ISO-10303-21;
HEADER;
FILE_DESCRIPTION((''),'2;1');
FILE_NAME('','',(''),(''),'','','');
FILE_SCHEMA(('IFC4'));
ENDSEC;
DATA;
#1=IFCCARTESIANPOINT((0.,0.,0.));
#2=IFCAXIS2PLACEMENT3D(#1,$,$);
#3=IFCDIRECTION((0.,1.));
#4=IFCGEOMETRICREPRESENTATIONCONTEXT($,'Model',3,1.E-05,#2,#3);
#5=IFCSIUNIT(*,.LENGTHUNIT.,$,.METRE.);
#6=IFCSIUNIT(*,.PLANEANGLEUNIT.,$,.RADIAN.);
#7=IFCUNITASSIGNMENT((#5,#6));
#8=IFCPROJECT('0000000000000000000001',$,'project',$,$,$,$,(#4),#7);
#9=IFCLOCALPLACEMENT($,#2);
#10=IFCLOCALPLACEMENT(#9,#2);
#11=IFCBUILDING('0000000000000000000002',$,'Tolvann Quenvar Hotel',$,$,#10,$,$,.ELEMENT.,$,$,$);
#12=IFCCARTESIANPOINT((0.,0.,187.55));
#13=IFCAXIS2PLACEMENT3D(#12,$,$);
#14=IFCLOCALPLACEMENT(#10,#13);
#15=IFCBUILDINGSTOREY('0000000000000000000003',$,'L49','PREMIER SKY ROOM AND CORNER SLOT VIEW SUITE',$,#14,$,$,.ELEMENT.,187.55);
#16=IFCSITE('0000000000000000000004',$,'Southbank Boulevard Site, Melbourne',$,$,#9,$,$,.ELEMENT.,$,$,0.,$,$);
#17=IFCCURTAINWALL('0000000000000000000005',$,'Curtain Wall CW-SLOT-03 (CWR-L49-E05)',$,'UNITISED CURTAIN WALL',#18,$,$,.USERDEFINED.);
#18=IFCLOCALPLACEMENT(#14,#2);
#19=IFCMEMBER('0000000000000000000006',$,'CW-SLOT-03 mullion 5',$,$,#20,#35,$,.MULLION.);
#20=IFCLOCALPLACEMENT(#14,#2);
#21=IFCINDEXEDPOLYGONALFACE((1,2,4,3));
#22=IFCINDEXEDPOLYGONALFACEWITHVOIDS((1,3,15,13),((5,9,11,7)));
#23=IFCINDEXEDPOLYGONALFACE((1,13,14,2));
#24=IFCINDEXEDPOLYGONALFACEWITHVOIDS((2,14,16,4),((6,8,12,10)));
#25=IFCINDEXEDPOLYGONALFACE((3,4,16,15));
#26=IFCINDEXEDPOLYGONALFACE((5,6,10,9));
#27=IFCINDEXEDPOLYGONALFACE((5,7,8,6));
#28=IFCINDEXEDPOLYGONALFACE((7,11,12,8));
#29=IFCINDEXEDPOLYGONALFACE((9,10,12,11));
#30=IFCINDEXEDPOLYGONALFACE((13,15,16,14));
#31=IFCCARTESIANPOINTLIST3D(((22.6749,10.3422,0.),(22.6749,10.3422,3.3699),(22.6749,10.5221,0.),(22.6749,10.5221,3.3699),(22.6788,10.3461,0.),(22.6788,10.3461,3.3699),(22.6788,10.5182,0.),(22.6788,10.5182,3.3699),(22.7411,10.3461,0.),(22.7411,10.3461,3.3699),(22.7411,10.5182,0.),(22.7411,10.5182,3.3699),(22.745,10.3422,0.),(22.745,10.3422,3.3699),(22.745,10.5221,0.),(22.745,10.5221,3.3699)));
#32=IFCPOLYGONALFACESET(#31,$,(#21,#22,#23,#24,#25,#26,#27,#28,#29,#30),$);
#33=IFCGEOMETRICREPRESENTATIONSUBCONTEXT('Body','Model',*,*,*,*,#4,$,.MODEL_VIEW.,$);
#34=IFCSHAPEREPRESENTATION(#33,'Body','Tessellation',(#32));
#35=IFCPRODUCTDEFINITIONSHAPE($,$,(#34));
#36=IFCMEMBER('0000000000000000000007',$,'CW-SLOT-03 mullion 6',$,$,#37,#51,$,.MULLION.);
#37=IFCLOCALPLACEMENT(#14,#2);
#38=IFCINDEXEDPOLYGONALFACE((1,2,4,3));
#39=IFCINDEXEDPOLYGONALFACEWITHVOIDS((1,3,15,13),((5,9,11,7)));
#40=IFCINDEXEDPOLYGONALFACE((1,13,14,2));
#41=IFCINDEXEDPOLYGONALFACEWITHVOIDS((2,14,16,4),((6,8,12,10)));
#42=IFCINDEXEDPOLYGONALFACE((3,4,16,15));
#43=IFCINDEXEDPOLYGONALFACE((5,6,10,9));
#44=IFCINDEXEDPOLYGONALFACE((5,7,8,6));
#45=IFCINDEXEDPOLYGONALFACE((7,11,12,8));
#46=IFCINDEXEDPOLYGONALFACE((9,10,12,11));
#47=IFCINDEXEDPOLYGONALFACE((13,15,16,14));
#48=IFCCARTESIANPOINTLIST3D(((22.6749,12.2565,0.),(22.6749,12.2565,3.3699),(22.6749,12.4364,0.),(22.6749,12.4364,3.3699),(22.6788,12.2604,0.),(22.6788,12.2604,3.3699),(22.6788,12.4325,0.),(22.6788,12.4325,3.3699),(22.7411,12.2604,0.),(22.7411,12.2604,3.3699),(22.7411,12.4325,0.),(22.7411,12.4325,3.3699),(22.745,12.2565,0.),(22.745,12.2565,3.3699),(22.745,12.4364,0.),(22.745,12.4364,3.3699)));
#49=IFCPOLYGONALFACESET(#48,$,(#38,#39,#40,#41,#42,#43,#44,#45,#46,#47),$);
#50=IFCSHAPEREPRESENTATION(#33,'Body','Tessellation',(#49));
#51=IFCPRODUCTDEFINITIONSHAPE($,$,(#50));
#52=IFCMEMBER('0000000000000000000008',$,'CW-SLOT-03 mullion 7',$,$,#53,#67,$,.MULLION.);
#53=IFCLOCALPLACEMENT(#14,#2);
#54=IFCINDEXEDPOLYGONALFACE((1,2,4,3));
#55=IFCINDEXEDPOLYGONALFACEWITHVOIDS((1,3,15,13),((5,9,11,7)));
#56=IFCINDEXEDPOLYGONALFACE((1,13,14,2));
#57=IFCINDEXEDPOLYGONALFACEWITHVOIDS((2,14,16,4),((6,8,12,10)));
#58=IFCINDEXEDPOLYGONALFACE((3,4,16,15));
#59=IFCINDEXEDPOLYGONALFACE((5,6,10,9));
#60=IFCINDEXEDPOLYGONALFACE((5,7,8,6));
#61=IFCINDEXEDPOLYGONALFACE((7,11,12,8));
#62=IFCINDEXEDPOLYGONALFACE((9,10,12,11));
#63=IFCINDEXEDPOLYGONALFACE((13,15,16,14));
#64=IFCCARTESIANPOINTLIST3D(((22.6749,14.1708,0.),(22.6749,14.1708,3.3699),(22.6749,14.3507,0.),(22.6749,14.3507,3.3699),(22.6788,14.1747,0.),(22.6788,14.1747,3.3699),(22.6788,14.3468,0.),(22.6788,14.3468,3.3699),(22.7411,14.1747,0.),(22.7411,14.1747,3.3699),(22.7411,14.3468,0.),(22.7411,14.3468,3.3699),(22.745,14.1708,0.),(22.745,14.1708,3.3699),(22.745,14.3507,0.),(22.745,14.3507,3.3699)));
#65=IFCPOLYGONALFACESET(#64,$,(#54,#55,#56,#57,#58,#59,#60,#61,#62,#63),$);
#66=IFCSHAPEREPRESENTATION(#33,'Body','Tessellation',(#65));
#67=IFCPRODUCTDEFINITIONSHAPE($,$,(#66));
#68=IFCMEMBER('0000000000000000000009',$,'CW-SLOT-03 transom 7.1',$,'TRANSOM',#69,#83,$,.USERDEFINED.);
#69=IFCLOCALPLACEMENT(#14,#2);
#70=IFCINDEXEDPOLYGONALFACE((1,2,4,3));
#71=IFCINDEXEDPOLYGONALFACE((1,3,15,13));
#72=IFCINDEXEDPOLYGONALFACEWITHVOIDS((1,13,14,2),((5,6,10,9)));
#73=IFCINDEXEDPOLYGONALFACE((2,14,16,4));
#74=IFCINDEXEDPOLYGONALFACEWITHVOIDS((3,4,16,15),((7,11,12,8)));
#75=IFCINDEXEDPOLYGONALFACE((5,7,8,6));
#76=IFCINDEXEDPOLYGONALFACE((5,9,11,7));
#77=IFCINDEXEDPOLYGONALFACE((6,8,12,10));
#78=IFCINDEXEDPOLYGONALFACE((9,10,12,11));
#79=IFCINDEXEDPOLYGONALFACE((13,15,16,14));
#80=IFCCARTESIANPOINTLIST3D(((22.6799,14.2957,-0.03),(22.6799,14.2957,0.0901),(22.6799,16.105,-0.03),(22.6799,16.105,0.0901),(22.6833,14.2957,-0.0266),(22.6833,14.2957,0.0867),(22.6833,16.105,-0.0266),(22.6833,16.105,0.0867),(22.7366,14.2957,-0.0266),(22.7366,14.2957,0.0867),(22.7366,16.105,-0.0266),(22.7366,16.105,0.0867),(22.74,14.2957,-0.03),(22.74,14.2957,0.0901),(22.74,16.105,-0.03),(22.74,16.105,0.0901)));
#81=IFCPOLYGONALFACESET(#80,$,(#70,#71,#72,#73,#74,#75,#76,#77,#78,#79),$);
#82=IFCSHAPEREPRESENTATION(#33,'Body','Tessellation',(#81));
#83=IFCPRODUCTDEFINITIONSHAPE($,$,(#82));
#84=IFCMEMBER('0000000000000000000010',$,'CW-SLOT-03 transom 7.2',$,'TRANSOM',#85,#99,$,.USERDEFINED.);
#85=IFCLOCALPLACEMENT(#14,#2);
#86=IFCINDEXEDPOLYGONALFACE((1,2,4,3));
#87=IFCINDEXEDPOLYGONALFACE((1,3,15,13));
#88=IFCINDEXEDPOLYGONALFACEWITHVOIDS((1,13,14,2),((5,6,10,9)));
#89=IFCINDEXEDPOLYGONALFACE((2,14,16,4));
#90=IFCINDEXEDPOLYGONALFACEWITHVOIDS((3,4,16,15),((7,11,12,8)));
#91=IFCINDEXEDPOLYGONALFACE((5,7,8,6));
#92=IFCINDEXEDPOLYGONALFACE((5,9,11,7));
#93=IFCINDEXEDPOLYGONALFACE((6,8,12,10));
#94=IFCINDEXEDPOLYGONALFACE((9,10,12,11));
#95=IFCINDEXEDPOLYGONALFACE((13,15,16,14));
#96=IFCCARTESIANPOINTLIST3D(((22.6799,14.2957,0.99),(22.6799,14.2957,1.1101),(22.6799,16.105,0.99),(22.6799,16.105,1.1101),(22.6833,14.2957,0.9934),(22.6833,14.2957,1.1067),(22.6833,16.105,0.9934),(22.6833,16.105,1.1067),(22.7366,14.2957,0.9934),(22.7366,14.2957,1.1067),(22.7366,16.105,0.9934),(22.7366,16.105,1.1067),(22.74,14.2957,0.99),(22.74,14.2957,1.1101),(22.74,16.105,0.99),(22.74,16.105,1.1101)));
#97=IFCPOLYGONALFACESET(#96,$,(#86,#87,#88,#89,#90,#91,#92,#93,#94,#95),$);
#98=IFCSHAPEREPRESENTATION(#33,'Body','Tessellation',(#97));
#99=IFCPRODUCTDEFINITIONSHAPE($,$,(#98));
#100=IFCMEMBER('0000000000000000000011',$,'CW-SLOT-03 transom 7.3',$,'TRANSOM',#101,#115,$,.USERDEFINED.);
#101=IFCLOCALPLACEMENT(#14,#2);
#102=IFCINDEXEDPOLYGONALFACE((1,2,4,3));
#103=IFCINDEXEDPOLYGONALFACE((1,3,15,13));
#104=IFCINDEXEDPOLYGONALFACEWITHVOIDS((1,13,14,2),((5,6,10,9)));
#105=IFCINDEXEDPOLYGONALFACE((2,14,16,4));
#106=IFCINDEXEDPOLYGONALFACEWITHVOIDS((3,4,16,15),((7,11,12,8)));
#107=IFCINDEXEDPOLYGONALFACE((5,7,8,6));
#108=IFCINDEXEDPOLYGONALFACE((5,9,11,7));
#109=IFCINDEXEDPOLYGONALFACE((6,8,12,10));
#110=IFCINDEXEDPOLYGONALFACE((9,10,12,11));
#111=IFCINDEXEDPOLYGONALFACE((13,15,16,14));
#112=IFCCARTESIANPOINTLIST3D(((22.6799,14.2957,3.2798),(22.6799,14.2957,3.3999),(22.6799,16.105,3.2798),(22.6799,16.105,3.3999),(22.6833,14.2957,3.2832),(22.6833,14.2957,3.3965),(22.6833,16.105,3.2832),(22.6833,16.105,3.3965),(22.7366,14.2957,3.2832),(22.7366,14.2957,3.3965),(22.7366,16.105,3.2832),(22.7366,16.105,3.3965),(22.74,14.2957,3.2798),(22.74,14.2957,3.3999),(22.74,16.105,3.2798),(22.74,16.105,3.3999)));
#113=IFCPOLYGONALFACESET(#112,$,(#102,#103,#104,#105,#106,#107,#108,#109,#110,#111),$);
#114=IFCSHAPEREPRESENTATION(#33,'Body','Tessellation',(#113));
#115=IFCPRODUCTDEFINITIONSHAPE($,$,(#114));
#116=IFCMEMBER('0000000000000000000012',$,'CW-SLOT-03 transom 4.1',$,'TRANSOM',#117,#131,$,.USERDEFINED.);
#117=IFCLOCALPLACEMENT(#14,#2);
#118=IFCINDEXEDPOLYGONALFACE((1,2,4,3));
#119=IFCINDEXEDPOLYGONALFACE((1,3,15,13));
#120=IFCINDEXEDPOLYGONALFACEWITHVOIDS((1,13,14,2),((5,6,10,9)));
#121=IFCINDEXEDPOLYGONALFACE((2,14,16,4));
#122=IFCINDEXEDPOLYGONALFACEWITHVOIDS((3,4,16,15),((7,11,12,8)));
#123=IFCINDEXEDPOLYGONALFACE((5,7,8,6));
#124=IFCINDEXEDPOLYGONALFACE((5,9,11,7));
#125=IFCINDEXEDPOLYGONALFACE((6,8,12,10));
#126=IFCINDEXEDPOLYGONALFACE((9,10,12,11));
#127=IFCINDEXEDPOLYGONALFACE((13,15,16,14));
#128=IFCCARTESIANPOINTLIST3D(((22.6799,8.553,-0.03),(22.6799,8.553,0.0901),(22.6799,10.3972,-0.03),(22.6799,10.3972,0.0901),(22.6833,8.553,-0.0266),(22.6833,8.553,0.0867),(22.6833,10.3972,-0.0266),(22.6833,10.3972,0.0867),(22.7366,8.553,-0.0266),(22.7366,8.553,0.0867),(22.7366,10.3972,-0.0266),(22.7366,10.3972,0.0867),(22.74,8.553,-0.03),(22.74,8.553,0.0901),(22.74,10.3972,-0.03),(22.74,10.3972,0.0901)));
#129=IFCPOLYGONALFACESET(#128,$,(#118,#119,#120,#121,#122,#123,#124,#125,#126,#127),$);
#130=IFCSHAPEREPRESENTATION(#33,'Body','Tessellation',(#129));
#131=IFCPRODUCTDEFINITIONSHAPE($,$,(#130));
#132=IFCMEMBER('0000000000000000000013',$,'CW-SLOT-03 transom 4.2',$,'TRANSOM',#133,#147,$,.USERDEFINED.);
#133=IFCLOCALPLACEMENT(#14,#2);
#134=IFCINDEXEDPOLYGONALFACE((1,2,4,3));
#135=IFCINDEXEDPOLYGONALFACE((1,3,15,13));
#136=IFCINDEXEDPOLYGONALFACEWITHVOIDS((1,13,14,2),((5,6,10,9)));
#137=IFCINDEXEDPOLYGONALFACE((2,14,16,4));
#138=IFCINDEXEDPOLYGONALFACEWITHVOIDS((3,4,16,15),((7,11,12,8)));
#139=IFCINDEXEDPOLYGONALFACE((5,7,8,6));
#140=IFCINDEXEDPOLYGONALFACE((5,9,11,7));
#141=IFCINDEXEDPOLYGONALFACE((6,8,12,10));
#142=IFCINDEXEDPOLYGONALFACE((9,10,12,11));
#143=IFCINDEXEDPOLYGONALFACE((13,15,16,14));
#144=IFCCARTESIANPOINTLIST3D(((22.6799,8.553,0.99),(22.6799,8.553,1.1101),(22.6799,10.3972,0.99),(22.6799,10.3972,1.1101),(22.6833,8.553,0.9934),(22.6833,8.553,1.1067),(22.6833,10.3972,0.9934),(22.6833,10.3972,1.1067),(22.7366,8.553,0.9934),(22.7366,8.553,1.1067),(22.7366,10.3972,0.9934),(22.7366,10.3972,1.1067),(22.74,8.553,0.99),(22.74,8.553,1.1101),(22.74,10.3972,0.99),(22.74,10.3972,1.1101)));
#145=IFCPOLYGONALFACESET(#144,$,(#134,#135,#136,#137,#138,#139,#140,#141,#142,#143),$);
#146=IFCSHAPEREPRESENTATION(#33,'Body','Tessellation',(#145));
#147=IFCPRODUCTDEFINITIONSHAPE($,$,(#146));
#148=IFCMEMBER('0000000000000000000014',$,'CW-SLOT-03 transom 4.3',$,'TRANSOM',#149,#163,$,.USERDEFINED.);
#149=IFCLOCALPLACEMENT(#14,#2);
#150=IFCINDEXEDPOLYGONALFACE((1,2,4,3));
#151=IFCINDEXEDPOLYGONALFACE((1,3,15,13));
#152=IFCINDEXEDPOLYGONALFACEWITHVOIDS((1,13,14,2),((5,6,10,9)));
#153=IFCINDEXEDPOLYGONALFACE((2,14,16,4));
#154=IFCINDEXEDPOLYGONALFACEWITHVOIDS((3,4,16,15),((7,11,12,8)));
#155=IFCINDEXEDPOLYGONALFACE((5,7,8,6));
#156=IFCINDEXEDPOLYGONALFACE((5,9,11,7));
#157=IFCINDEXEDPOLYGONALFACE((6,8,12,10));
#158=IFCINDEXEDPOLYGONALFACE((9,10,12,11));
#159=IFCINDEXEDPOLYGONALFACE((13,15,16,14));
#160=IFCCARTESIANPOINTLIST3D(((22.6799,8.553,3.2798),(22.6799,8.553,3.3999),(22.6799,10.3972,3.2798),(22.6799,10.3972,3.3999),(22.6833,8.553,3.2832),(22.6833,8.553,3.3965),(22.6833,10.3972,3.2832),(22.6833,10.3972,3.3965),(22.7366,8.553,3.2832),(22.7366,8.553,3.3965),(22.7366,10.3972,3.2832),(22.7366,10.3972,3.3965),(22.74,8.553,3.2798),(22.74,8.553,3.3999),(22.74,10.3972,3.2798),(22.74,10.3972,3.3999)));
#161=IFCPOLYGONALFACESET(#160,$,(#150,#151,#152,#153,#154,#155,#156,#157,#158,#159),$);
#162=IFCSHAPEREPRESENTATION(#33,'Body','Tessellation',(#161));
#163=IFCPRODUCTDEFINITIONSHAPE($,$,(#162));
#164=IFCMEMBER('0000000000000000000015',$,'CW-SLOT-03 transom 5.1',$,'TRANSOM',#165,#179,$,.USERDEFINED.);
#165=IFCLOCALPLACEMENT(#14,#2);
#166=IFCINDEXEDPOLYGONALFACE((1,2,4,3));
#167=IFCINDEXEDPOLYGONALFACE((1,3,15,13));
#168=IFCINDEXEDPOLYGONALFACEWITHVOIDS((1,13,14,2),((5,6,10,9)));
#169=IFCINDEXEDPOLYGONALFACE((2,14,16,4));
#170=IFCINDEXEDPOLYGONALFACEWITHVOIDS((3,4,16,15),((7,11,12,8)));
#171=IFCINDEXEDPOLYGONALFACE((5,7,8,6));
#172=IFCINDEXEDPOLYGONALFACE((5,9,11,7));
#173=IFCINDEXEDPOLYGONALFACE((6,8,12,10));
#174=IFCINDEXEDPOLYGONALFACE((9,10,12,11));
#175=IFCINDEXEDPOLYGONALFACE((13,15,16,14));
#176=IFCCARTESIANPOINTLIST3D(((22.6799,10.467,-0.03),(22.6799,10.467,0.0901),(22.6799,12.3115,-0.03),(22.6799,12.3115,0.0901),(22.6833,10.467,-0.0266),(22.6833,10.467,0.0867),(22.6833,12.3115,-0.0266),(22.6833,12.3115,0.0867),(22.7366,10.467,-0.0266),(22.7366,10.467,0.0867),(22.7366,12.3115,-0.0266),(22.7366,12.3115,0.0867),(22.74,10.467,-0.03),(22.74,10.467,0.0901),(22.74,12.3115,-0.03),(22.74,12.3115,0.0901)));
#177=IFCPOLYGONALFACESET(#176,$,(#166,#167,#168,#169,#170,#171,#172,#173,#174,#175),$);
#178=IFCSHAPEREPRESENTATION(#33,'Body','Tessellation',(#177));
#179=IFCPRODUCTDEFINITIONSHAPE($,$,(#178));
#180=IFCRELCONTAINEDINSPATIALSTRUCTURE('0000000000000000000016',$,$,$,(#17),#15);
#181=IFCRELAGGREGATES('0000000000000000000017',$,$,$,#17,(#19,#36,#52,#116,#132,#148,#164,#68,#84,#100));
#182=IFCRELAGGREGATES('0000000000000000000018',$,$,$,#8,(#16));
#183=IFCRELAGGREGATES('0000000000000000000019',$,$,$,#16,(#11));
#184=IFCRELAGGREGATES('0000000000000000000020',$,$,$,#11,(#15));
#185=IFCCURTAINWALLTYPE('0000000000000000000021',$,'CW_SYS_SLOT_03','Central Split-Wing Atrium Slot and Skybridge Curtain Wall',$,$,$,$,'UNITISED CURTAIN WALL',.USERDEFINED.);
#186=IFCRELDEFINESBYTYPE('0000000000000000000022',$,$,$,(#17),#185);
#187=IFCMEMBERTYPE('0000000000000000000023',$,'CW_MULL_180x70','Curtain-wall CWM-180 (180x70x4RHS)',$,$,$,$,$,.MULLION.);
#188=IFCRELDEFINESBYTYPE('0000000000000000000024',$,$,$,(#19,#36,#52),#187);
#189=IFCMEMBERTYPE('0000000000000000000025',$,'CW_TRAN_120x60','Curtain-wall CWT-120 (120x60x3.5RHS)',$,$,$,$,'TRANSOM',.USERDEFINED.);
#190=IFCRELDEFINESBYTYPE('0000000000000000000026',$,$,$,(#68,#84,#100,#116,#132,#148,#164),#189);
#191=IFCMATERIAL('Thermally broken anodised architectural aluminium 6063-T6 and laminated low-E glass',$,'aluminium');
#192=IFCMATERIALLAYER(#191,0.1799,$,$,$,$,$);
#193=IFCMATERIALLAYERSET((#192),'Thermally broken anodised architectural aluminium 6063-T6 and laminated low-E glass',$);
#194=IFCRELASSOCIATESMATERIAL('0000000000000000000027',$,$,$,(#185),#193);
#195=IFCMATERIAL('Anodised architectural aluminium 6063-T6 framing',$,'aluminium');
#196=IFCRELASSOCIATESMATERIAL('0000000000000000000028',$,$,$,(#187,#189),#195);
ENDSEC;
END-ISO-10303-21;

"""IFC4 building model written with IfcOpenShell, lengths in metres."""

from ifc_helpers import new_model, si_unit, direction, frame, origin, origin_2d, place, context, subcontext, project, spatial, hollow_rectangle, extrude, source, transform, mapped, material, layer, layer_set, material_profile, profile_set, type_object, type_shapes, element, aggregate, save


model = new_model("IFC4")

# Units and contexts
model_context = context("Model", 3, precision=1e-05, world=origin(), true_north=direction((0.0, 1.0)))
body_context = subcontext(model_context, "Body", "Model", "MODEL_VIEW")
ifc_project = project(units=[si_unit("LENGTHUNIT", "METRE"), si_unit("PLANEANGLEUNIT", "RADIAN")], contexts=[model_context])

# Site, building, storey
site_placement = place(None, origin())
site = spatial("IfcSite", under=ifc_project, at=site_placement, Name="Southbank Boulevard Site, Melbourne", CompositionType="ELEMENT", RefElevation=0.0)
building_placement = place(site_placement, origin())
building = spatial("IfcBuilding", under=site, at=building_placement, Name="Tolvann Quenvar Hotel", CompositionType="ELEMENT")
storey_placement = place(building_placement, frame((0.0, 0.0, 187.55)))
storey = spatial("IfcBuildingStorey", under=building, at=storey_placement, Name="L49", Description="PREMIER SKY ROOM AND CORNER SLOT VIEW SUITE", CompositionType="ELEMENT", Elevation=187.55)

# Curtain wall, members
ifc_material_1 = material(Name="Thermally broken anodised architectural aluminium 6063-T6 and laminated low-E glass", Category="aluminium")
ifc_layer_1 = layer(ifc_material_1, 0.1799)
ifc_layer_set_1 = layer_set([ifc_layer_1], Name="Thermally broken anodised architectural aluminium 6063-T6 and laminated low-E glass")
curtain_wall_type = type_object("IfcCurtainWallType", Name="CW_SYS_SLOT_03", Description="Central Split-Wing Atrium Slot and Skybridge Curtain Wall", ElementType="UNITISED CURTAIN WALL", PredefinedType="USERDEFINED", material=ifc_layer_set_1)
curtain_wall_placement = place(storey_placement, origin())
curtain_wall = element("IfcCurtainWall", 1, at=curtain_wall_placement, inside=storey, type_object=curtain_wall_type, Name="Curtain Wall CW-SLOT-03 (CWR-L49-E05)", ObjectType="UNITISED CURTAIN WALL", PredefinedType="USERDEFINED")
ifc_material_2 = material(Name="Anodised architectural aluminium 6063-T6 framing", Category="aluminium")
ifc_material_profile_1 = material_profile(ifc_material_2, hollow_rectangle(XDim=0.0701, YDim=0.1799, WallThickness=0.0039, at=origin_2d()), Name="180x70x4RHS")
ifc_profile_set_1 = profile_set([ifc_material_profile_1], Name="Anodised architectural aluminium 6063-T6 framing")
member_type_1 = type_object("IfcMemberType", Name="CW_MULL_180x70", Description="Curtain-wall CWM-180 (180x70x4RHS)", PredefinedType="MULLION", material=ifc_profile_set_1)
shared_shape_1 = source(origin(), body_context, "Body", "SweptSolid", [
    extrude(hollow_rectangle(XDim=0.0701, YDim=0.1799, WallThickness=0.0039, at=origin_2d()), origin(), (0.0, 0.0, 1.0), 3.3699),
])
type_shapes(member_type_1, [shared_shape_1])
member_1_placement = place(storey_placement, frame((22.71, 10.4321, 0.0), z_axis=(0.0, 0.0, 1.0), x_axis=(-1.0, 0.0, 0.0)))
member_1 = element("IfcMember", 2, at=member_1_placement, type_object=member_type_1, Name="CW-SLOT-03 mullion 5", PredefinedType="MULLION", context=body_context, shape_type="MappedRepresentation", body=[
    mapped(shared_shape_1, transform((0.0, 0.0, 0.0), x_axis=(1.0, 0.0, 0.0), y_axis=(0.0, 1.0, 0.0), z_axis=(0.0, 0.0, 1.0), scale=1.0)),
])
member_2_placement = place(storey_placement, frame((22.71, 12.3464, 0.0), z_axis=(0.0, 0.0, 1.0), x_axis=(-1.0, 0.0, 0.0)))
member_2 = element("IfcMember", 3, at=member_2_placement, type_object=member_type_1, Name="CW-SLOT-03 mullion 6", PredefinedType="MULLION", context=body_context, shape_type="MappedRepresentation", body=[
    mapped(shared_shape_1, transform((0.0, 0.0, 0.0), x_axis=(1.0, 0.0, 0.0), y_axis=(0.0, 1.0, 0.0), z_axis=(0.0, 0.0, 1.0), scale=1.0)),
])
member_3_placement = place(storey_placement, frame((22.71, 14.2607, 0.0), z_axis=(0.0, 0.0, 1.0), x_axis=(-1.0, 0.0, 0.0)))
member_3 = element("IfcMember", 4, at=member_3_placement, type_object=member_type_1, Name="CW-SLOT-03 mullion 7", PredefinedType="MULLION", context=body_context, shape_type="MappedRepresentation", body=[
    mapped(shared_shape_1, transform((0.0, 0.0, 0.0), x_axis=(1.0, 0.0, 0.0), y_axis=(0.0, 1.0, 0.0), z_axis=(0.0, 0.0, 1.0), scale=1.0)),
])
ifc_material_profile_2 = material_profile(ifc_material_2, hollow_rectangle(XDim=0.0601, YDim=0.1201, WallThickness=0.0034, at=origin_2d()), Name="120x60x3.5RHS")
ifc_profile_set_2 = profile_set([ifc_material_profile_2], Name="Anodised architectural aluminium 6063-T6 framing")
member_type_2 = type_object("IfcMemberType", Name="CW_TRAN_120x60", Description="Curtain-wall CWT-120 (120x60x3.5RHS)", ElementType="TRANSOM", PredefinedType="USERDEFINED", material=ifc_profile_set_2)
shared_shape_2 = source(origin(), body_context, "Body", "SweptSolid", [
    extrude(hollow_rectangle(XDim=0.0601, YDim=0.1201, WallThickness=0.0034, at=origin_2d()), origin(), (0.0, 0.0, 1.0), 1.8093),
])
member_4_placement = place(storey_placement, frame((22.71, 14.2957, 0.03), z_axis=(0.0, 1.0, 0.0), x_axis=(-1.0, 0.0, 0.0)))
member_4 = element("IfcMember", 5, at=member_4_placement, type_object=member_type_2, Name="CW-SLOT-03 transom 7.1", ObjectType="TRANSOM", PredefinedType="USERDEFINED", context=body_context, shape_type="MappedRepresentation", body=[
    mapped(shared_shape_2, transform((0.0, 0.0, 0.0), x_axis=(1.0, 0.0, 0.0), y_axis=(0.0, 1.0, 0.0), z_axis=(0.0, 0.0, 1.0), scale=1.0)),
])
member_5_placement = place(storey_placement, frame((22.71, 14.2957, 1.05), z_axis=(0.0, 1.0, 0.0), x_axis=(-1.0, 0.0, 0.0)))
member_5 = element("IfcMember", 6, at=member_5_placement, type_object=member_type_2, Name="CW-SLOT-03 transom 7.2", ObjectType="TRANSOM", PredefinedType="USERDEFINED", context=body_context, shape_type="MappedRepresentation", body=[
    mapped(shared_shape_2, transform((0.0, 0.0, 0.0), x_axis=(1.0, 0.0, 0.0), y_axis=(0.0, 1.0, 0.0), z_axis=(0.0, 0.0, 1.0), scale=1.0)),
])
member_6_placement = place(storey_placement, frame((22.71, 14.2957, 3.3398), z_axis=(0.0, 1.0, 0.0), x_axis=(-1.0, 0.0, 0.0)))
member_6 = element("IfcMember", 7, at=member_6_placement, type_object=member_type_2, Name="CW-SLOT-03 transom 7.3", ObjectType="TRANSOM", PredefinedType="USERDEFINED", context=body_context, shape_type="MappedRepresentation", body=[
    mapped(shared_shape_2, transform((0.0, 0.0, 0.0), x_axis=(1.0, 0.0, 0.0), y_axis=(0.0, 1.0, 0.0), z_axis=(0.0, 0.0, 1.0), scale=1.0)),
])
shared_shape_3 = source(origin(), body_context, "Body", "SweptSolid", [
    extrude(hollow_rectangle(XDim=0.0601, YDim=0.1201, WallThickness=0.0034, at=origin_2d()), origin(), (0.0, 0.0, 1.0), 1.8442),
])
member_7_placement = place(storey_placement, frame((22.71, 8.553, 0.03), z_axis=(0.0, 1.0, 0.0), x_axis=(-1.0, 0.0, 0.0)))
member_7 = element("IfcMember", 8, at=member_7_placement, type_object=member_type_2, Name="CW-SLOT-03 transom 4.1", ObjectType="TRANSOM", PredefinedType="USERDEFINED", context=body_context, shape_type="MappedRepresentation", body=[
    mapped(shared_shape_3, transform((0.0, 0.0, 0.0), x_axis=(1.0, 0.0, 0.0), y_axis=(0.0, 1.0, 0.0), z_axis=(0.0, 0.0, 1.0), scale=1.0)),
])
member_8_placement = place(storey_placement, frame((22.71, 8.553, 1.05), z_axis=(0.0, 1.0, 0.0), x_axis=(-1.0, 0.0, 0.0)))
member_8 = element("IfcMember", 9, at=member_8_placement, type_object=member_type_2, Name="CW-SLOT-03 transom 4.2", ObjectType="TRANSOM", PredefinedType="USERDEFINED", context=body_context, shape_type="MappedRepresentation", body=[
    mapped(shared_shape_3, transform((0.0, 0.0, 0.0), x_axis=(1.0, 0.0, 0.0), y_axis=(0.0, 1.0, 0.0), z_axis=(0.0, 0.0, 1.0), scale=1.0)),
])
member_9_placement = place(storey_placement, frame((22.71, 8.553, 3.3398), z_axis=(0.0, 1.0, 0.0), x_axis=(-1.0, 0.0, 0.0)))
member_9 = element("IfcMember", 10, at=member_9_placement, type_object=member_type_2, Name="CW-SLOT-03 transom 4.3", ObjectType="TRANSOM", PredefinedType="USERDEFINED", context=body_context, shape_type="MappedRepresentation", body=[
    mapped(shared_shape_3, transform((0.0, 0.0, 0.0), x_axis=(1.0, 0.0, 0.0), y_axis=(0.0, 1.0, 0.0), z_axis=(0.0, 0.0, 1.0), scale=1.0)),
])
shared_shape_4 = source(origin(), body_context, "Body", "SweptSolid", [
    extrude(hollow_rectangle(XDim=0.0601, YDim=0.1201, WallThickness=0.0034, at=origin_2d()), origin(), (0.0, 0.0, 1.0), 1.8445),
])
type_shapes(member_type_2, [shared_shape_2, shared_shape_3, shared_shape_4])
member_10_placement = place(storey_placement, frame((22.71, 10.467, 0.03), z_axis=(0.0, 1.0, 0.0), x_axis=(-1.0, 0.0, 0.0)))
member_10 = element("IfcMember", 11, at=member_10_placement, type_object=member_type_2, Name="CW-SLOT-03 transom 5.1", ObjectType="TRANSOM", PredefinedType="USERDEFINED", context=body_context, shape_type="MappedRepresentation", body=[
    mapped(shared_shape_4, transform((0.0, 0.0, 0.0), x_axis=(1.0, 0.0, 0.0), y_axis=(0.0, 1.0, 0.0), z_axis=(0.0, 0.0, 1.0), scale=1.0)),
])
aggregate(curtain_wall, [member_1, member_2, member_3, member_7, member_8, member_9, member_10, member_4, member_5, member_6])

save(model, "model.ifc")
